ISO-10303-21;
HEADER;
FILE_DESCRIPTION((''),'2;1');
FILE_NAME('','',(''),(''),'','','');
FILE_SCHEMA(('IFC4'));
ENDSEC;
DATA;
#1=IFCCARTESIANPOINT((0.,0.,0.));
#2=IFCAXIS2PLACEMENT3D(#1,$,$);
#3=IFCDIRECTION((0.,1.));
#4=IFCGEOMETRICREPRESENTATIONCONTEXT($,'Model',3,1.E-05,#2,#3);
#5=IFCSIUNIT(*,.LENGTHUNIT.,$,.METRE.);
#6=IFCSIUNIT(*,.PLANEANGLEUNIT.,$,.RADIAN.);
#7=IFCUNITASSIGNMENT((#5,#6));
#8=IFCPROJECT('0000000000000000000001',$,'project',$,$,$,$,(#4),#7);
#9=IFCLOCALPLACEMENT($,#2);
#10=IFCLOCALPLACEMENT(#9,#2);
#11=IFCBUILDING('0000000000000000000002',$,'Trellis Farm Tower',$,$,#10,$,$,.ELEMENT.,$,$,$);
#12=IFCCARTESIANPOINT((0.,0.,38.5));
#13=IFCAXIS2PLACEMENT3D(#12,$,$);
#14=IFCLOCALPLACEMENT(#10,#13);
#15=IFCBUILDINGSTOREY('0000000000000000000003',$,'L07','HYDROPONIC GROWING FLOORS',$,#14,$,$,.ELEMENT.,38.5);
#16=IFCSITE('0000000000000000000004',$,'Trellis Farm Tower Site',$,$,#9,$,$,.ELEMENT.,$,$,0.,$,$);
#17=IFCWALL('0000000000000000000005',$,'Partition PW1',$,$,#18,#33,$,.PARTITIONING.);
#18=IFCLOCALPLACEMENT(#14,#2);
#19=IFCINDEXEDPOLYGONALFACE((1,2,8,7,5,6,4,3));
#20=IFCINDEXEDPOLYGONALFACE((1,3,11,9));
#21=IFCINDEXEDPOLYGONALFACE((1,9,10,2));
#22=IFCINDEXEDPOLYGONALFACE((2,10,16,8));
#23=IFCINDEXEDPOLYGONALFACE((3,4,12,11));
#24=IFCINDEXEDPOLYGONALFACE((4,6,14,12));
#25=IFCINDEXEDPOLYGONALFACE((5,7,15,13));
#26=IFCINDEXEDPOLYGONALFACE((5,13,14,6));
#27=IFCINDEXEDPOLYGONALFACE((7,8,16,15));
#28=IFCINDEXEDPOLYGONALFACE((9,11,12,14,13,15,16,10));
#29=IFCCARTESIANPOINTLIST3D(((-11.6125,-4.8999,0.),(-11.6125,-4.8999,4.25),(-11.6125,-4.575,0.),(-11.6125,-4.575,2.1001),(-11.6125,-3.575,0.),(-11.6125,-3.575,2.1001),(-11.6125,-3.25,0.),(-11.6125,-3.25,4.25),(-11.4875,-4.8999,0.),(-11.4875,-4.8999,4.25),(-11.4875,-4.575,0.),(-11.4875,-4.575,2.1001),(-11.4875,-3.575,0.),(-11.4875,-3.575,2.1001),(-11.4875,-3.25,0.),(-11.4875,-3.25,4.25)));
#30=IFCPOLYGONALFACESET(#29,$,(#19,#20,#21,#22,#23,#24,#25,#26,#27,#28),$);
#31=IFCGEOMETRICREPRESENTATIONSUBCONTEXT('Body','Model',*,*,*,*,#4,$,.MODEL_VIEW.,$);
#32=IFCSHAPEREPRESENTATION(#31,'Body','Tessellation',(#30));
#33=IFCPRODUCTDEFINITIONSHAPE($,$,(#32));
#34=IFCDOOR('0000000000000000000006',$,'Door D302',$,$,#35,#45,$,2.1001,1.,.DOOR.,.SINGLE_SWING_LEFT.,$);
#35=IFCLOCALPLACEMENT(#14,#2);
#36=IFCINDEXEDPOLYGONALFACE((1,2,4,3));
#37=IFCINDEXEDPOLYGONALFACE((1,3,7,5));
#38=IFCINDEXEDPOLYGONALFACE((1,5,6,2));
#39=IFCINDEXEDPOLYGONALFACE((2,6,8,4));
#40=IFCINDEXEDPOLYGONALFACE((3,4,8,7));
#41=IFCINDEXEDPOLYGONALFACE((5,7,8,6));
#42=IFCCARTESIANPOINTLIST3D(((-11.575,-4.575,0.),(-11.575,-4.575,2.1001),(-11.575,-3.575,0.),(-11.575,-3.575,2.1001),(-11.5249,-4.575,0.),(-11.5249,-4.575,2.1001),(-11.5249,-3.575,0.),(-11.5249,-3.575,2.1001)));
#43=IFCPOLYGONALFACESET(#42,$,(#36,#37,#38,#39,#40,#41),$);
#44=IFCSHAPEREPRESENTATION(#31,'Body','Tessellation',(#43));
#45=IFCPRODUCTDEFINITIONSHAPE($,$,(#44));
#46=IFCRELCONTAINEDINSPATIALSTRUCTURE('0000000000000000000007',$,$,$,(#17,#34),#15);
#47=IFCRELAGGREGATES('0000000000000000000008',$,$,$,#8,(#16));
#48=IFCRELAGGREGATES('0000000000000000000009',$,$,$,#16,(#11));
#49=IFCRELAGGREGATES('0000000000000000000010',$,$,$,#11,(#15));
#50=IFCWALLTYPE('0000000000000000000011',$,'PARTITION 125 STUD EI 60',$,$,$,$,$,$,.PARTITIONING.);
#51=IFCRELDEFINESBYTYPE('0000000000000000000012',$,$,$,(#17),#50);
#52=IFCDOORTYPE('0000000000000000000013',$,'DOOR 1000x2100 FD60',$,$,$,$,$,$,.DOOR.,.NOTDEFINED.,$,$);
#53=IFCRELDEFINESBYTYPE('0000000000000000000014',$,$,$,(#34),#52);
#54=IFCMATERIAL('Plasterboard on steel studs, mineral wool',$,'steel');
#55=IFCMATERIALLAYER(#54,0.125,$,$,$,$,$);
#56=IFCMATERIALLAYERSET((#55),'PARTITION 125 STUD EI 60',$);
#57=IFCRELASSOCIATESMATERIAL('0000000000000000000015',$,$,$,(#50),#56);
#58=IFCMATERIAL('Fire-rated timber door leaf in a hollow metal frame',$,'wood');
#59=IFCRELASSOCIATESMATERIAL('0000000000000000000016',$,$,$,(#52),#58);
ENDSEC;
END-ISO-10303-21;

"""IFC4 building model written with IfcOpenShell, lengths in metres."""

from ifc_helpers import new_model, si_unit, direction, frame, frame_2d, origin, place, context, subcontext, project, spatial, rectangle, extrude, source, transform, mapped, material, layer, layer_set, type_object, element, fill, save


model = new_model("IFC4")

# Units and contexts
model_context = context("Model", 3, precision=1e-05, world=origin(), true_north=direction((0.0, 1.0)))
body_context = subcontext(model_context, "Body", "Model", "MODEL_VIEW")
ifc_project = project(units=[si_unit("LENGTHUNIT", "METRE"), si_unit("PLANEANGLEUNIT", "RADIAN")], contexts=[model_context])

# Site, building, storey
site_placement = place(None, origin())
site = spatial("IfcSite", under=ifc_project, at=site_placement, Name="Trellis Farm Tower Site", CompositionType="ELEMENT", RefElevation=0.0)
building_placement = place(site_placement, origin())
building = spatial("IfcBuilding", under=site, at=building_placement, Name="Trellis Farm Tower", CompositionType="ELEMENT")
storey_placement = place(building_placement, frame((0.0, 0.0, 38.5)))
storey = spatial("IfcBuildingStorey", under=building, at=storey_placement, Name="L07", Description="HYDROPONIC GROWING FLOORS", CompositionType="ELEMENT", Elevation=38.5)

# Shared definitions
ifc_material_1 = material(Name="Plasterboard on steel studs, mineral wool", Category="steel")
ifc_layer_1 = layer(ifc_material_1, 0.125)
ifc_layer_set_1 = layer_set([ifc_layer_1], Name="PARTITION 125 STUD EI 60")
wall_type_1 = type_object("IfcWallType", Name="PARTITION 125 STUD EI 60", PredefinedType="PARTITIONING", material=ifc_layer_set_1)

# Wall, opening, door
shared_shape_1 = source(origin(), body_context, "Body", "SweptSolid", [
    extrude(rectangle(XDim=1.6499, YDim=0.125, at=frame_2d((0.825, 0.0))), origin(), (0.0, 0.0, 1.0), 4.25),
])
wall_1_placement = place(storey_placement, frame((-11.55, -4.8999, 0.0), z_axis=(0.0, 0.0, 1.0), x_axis=(0.0, 1.0, 0.0)))
wall_1 = element("IfcWall", 1, at=wall_1_placement, inside=storey, type_object=wall_type_1, Name="Partition PW1", PredefinedType="PARTITIONING", context=body_context, shape_type="MappedRepresentation", body=[
    mapped(shared_shape_1, transform((0.0, 0.0, 0.0))),
])
shared_shape_2 = source(origin(), body_context, "Body", "SweptSolid", [
    extrude(rectangle(XDim=1.0, YDim=2.1001, at=frame_2d((0.5, 1.05))), frame((0.0, 0.0725, 0.0), z_axis=(0.0, -1.0, 0.0), x_axis=(1.0, 0.0, 0.0)), (0.0, 0.0, 1.0), 0.145),
])
opening_1_placement = place(wall_1_placement, frame((0.325, 0.0, 0.0)))
opening_1 = element("IfcOpeningElement", 2, at=opening_1_placement, cuts=wall_1, PredefinedType="OPENING", context=body_context, shape_type="MappedRepresentation", body=[
    mapped(shared_shape_2, transform((0.0, 0.0, 0.0))),
])
ifc_material_2 = material(Name="Fire-rated timber door leaf in a hollow metal frame", Category="wood")
door_type_1 = type_object("IfcDoorType", Name="DOOR 1000x2100 FD60", OperationType="NOTDEFINED", PredefinedType="DOOR", material=ifc_material_2)
shared_shape_3 = source(origin(), body_context, "Body", "SweptSolid", [
    extrude(rectangle(XDim=1.0, YDim=2.1001, at=frame_2d((0.5, 1.05))), frame((0.0, 0.0249, 0.0), z_axis=(0.0, -1.0, 0.0), x_axis=(1.0, 0.0, 0.0)), (0.0, 0.0, 1.0), 0.05),
])
door_1_placement = place(opening_1_placement, origin())
door_1 = element("IfcDoor", 3, at=door_1_placement, inside=storey, type_object=door_type_1, Name="Door D302", OperationType="SINGLE_SWING_LEFT", OverallHeight=2.1001, OverallWidth=1.0, PredefinedType="DOOR", context=body_context, shape_type="MappedRepresentation", body=[
    mapped(shared_shape_3, transform((0.0, 0.0, 0.0))),
])
fill(opening_1, door_1)

save(model, "model.ifc")
